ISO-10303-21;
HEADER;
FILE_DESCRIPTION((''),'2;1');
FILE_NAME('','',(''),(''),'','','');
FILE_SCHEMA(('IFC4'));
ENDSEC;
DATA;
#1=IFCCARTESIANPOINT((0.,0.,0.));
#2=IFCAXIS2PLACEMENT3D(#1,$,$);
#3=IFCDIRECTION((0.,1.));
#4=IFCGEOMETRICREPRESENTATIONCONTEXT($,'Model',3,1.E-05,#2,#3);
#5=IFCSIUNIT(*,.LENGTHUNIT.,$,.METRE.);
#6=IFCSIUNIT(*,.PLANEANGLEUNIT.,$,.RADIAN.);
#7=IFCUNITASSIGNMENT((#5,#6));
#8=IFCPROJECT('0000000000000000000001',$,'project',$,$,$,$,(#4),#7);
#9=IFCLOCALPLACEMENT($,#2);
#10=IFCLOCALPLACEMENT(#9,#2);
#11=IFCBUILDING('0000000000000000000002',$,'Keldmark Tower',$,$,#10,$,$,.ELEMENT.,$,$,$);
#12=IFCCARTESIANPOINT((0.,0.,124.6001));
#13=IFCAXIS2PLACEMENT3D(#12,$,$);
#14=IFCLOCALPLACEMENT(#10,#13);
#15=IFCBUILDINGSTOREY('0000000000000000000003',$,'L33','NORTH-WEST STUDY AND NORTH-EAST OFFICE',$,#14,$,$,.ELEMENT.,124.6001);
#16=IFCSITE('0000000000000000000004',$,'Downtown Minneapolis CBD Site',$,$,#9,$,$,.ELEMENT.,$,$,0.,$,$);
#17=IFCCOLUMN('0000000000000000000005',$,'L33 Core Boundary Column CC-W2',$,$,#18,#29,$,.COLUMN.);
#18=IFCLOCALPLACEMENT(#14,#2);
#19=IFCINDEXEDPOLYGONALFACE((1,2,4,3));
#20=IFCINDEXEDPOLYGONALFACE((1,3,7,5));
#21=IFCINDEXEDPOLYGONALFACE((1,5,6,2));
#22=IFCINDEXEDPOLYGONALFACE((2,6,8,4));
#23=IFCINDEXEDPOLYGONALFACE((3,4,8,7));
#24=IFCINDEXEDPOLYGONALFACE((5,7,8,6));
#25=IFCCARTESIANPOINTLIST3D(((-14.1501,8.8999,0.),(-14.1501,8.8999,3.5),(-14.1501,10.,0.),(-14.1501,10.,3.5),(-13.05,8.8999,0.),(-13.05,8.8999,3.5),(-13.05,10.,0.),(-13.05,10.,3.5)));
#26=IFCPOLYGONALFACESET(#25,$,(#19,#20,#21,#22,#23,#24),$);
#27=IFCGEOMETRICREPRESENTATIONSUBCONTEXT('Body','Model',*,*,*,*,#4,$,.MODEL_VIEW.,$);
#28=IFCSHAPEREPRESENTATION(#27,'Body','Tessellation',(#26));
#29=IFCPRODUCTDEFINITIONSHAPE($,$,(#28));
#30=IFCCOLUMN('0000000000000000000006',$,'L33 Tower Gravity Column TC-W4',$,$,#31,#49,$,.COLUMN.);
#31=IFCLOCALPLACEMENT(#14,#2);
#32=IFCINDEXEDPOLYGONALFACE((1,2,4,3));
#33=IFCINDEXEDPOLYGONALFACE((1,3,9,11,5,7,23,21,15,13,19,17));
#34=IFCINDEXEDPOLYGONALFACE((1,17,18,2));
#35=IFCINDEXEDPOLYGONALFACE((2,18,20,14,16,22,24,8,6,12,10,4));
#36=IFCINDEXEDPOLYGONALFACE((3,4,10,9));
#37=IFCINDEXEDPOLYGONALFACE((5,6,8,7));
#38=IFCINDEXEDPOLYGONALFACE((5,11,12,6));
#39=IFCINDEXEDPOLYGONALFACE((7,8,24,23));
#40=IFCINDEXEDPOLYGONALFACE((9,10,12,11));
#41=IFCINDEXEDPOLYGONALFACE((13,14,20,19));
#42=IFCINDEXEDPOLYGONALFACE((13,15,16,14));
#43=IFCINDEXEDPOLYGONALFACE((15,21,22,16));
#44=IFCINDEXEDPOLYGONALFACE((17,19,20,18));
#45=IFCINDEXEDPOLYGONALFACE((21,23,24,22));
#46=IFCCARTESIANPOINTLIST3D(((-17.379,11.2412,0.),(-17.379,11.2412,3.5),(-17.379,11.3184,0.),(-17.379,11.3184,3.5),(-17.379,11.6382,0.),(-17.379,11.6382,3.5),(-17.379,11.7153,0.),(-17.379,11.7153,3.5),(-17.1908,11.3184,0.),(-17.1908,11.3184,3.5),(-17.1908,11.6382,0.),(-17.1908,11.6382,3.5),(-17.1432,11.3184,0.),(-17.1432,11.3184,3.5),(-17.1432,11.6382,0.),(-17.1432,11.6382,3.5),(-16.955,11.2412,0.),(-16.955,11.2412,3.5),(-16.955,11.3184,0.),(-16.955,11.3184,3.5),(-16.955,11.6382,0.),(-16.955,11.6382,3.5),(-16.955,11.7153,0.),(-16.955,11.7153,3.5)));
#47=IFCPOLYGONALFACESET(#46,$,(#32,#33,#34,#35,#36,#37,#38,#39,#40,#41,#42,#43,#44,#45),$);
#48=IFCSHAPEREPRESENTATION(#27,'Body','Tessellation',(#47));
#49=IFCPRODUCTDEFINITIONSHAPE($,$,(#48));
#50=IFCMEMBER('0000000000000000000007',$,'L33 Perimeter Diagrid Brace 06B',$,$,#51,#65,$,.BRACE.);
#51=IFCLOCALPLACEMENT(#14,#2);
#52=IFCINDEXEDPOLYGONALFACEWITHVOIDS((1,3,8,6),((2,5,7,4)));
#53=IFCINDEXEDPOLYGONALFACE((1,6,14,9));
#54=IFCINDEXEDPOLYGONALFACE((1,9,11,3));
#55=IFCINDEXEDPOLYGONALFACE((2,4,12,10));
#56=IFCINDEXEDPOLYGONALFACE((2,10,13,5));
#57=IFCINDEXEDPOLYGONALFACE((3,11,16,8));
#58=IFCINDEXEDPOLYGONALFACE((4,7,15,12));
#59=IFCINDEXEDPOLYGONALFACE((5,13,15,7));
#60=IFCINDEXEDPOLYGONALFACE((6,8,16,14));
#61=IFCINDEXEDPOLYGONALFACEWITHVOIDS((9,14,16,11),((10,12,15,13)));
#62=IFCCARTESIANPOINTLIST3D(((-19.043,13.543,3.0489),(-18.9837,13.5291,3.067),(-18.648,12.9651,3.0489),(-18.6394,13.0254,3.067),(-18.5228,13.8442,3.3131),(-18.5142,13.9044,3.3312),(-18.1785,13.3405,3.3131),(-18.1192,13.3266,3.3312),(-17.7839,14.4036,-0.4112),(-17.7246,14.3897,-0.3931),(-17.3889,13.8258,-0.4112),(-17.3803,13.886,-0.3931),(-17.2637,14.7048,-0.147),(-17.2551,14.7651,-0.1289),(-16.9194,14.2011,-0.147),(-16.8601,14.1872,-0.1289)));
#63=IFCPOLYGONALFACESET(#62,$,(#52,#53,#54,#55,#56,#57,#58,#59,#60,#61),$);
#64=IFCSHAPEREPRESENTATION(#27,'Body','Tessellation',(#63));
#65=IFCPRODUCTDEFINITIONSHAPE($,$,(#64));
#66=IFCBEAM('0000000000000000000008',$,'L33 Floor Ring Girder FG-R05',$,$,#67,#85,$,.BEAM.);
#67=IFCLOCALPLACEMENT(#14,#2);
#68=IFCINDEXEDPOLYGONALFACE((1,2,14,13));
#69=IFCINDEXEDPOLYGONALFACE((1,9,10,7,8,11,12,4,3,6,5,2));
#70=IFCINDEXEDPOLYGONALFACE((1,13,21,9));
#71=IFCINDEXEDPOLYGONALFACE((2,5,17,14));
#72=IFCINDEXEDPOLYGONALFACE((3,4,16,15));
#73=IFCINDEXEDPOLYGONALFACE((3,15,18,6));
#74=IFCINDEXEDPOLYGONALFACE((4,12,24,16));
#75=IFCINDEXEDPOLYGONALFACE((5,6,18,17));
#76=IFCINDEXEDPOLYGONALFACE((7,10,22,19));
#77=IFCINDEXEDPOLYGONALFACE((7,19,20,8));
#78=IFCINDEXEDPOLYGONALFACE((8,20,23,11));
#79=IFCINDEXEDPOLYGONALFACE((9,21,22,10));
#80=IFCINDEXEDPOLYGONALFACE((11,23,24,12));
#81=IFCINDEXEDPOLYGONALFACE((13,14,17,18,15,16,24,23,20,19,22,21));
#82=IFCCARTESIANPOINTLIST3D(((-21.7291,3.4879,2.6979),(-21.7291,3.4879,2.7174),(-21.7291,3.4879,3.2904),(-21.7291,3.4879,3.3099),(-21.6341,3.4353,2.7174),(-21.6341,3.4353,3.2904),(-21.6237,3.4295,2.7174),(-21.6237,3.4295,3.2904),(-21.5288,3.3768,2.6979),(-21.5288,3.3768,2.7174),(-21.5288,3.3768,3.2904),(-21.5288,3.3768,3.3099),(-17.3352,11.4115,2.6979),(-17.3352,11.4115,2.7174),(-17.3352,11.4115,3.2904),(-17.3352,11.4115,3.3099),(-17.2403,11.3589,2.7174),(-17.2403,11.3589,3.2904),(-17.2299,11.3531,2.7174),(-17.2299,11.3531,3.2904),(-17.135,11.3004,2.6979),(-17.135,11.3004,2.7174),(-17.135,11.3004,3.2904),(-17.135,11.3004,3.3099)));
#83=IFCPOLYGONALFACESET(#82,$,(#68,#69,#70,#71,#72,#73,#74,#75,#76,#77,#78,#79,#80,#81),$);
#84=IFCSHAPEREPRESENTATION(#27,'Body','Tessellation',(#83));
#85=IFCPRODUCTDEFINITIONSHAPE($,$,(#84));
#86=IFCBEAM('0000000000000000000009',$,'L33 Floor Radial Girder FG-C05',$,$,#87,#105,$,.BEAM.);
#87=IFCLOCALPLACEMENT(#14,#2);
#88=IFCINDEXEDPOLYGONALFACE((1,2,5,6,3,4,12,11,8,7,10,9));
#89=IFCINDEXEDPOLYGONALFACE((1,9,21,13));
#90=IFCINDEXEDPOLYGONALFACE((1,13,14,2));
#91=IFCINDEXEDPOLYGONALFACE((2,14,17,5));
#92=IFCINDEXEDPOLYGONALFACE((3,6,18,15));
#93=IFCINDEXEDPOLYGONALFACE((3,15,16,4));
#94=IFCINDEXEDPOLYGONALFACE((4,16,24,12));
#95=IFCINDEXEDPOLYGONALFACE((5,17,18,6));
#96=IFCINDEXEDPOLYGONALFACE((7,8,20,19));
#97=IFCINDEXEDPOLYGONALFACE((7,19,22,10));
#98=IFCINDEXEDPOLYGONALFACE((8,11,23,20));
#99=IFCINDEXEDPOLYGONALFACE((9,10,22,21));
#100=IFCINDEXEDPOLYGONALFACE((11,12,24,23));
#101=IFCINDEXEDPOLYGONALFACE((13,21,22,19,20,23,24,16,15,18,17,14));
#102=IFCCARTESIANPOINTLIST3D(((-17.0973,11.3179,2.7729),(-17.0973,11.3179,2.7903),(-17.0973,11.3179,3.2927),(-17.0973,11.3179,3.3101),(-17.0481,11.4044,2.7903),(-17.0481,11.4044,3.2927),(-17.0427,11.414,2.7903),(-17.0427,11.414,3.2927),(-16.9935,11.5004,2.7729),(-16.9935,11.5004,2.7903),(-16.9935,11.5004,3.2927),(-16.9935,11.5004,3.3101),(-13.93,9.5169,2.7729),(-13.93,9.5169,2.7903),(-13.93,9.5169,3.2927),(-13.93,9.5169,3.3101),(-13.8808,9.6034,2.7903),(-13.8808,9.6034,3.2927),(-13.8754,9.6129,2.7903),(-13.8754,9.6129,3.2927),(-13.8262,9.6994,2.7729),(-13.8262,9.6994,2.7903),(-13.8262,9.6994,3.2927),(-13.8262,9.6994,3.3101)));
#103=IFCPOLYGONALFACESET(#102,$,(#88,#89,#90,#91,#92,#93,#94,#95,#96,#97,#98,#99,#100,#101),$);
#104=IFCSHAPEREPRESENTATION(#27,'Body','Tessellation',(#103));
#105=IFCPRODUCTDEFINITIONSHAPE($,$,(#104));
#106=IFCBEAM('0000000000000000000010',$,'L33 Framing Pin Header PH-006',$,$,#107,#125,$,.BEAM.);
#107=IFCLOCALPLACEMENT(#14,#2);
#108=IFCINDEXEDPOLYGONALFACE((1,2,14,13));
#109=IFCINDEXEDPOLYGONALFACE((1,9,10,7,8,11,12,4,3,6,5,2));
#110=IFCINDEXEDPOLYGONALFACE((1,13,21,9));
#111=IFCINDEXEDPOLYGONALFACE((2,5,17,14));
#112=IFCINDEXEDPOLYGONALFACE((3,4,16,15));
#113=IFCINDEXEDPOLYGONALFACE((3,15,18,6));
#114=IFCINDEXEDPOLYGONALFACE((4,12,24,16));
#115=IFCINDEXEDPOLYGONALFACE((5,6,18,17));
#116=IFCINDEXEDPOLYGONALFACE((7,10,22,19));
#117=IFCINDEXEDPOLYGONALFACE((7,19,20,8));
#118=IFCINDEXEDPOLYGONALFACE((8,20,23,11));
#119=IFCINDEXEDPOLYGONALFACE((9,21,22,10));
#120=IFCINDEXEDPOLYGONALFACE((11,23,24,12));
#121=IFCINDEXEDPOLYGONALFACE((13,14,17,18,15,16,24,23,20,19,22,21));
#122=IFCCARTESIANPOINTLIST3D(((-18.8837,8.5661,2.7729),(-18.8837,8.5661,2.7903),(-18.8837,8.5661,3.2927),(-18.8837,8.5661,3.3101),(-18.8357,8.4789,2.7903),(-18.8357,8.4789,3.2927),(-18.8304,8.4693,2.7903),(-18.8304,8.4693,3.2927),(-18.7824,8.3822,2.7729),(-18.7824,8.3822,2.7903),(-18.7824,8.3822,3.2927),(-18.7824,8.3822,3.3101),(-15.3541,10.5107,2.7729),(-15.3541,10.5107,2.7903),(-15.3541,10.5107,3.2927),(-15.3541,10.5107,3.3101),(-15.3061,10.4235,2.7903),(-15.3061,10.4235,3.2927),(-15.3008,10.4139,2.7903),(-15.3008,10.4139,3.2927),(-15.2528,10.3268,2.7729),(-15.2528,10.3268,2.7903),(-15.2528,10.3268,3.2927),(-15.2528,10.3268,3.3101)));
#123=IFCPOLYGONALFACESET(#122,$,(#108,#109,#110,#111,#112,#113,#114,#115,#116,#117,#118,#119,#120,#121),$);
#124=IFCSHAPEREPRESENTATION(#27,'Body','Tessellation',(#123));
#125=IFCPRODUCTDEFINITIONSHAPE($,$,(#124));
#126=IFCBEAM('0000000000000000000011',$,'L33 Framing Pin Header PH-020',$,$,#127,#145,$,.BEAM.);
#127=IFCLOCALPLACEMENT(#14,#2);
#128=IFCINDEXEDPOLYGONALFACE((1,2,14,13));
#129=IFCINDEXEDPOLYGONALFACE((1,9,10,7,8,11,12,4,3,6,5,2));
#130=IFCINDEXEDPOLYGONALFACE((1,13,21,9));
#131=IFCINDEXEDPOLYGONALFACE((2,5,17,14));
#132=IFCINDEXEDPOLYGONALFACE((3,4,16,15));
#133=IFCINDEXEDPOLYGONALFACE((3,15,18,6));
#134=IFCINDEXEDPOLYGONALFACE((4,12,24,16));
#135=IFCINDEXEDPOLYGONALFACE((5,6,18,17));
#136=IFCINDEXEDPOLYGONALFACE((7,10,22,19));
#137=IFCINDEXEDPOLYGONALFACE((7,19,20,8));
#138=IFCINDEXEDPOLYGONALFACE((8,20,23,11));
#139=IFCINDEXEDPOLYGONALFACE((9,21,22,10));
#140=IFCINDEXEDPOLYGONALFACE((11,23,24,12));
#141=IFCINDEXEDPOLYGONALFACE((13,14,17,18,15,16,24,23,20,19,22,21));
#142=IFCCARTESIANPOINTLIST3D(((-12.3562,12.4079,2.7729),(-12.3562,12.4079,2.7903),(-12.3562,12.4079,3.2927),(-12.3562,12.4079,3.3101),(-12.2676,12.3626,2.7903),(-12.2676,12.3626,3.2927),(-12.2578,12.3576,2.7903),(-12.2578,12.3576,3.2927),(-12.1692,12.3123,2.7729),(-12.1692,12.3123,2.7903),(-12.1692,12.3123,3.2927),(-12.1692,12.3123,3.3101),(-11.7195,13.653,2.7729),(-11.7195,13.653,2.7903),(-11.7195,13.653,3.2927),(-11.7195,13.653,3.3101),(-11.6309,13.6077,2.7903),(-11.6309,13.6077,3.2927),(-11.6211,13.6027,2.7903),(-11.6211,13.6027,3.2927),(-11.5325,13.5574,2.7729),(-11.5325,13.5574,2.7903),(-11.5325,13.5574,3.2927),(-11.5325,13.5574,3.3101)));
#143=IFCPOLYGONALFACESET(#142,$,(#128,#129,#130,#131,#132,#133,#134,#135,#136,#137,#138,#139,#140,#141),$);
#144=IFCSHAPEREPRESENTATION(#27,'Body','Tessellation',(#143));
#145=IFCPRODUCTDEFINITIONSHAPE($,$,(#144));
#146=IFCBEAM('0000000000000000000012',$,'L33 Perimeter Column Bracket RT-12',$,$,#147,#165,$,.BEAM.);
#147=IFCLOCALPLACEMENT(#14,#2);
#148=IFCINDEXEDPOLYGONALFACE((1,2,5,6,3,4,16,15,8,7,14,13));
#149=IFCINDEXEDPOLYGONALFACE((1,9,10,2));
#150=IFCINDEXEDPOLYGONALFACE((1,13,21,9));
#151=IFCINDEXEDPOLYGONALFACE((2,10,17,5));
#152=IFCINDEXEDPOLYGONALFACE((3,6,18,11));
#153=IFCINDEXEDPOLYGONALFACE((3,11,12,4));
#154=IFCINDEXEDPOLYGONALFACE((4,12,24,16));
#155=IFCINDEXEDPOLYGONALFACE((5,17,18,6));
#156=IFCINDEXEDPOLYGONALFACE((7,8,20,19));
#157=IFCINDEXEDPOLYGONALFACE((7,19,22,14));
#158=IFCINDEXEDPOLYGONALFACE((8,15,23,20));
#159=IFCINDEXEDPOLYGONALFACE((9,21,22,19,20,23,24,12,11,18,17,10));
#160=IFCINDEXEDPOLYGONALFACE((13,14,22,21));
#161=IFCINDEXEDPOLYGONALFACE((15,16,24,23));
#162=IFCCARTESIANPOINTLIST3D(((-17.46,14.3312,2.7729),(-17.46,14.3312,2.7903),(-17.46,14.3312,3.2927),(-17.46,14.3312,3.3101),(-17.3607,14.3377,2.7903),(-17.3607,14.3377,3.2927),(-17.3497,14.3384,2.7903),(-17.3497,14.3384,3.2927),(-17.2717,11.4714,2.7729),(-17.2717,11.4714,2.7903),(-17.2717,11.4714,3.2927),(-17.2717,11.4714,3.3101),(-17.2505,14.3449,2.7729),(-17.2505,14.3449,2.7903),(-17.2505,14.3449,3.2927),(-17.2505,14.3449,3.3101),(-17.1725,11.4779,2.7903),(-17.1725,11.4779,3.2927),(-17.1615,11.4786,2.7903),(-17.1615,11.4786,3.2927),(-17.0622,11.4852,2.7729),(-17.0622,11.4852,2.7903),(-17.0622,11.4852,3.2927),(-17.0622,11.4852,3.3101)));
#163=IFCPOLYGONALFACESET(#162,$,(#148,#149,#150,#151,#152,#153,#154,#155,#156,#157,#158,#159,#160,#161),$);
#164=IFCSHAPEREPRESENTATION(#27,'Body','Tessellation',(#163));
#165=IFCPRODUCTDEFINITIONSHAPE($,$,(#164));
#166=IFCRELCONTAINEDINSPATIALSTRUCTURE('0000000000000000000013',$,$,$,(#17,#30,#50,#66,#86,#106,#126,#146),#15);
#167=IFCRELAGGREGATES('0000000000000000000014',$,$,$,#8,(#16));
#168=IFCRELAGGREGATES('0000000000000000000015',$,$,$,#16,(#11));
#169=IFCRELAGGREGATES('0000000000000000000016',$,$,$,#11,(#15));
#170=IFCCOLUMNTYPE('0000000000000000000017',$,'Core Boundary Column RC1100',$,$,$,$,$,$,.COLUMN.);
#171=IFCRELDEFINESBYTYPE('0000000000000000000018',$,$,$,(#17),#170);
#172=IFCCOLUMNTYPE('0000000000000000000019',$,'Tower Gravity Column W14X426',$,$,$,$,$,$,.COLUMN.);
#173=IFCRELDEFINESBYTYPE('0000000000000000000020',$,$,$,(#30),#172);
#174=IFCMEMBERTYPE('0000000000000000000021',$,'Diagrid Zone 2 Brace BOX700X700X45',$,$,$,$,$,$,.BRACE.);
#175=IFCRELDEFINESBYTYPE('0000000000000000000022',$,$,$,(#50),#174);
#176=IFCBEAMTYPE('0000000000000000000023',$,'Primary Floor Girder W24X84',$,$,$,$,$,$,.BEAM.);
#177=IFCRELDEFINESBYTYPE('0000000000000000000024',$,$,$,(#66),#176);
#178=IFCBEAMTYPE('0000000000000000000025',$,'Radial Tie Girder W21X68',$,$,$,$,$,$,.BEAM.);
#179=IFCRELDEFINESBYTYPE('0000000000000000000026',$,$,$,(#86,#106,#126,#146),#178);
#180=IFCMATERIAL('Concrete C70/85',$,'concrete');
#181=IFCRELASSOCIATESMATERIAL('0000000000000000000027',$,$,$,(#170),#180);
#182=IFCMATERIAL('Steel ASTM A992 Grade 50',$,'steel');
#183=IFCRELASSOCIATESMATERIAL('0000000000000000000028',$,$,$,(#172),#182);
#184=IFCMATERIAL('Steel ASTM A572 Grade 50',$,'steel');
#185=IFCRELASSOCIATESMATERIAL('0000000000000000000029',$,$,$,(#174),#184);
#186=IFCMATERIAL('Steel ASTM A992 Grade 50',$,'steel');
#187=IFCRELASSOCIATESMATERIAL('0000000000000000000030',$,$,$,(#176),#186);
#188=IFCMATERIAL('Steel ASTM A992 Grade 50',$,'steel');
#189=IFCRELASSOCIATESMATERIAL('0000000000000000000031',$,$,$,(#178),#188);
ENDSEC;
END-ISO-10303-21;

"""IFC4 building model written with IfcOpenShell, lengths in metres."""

from ifc_helpers import new_model, si_unit, direction, frame, origin, origin_2d, place, context, subcontext, project, spatial, rectangle, hollow_rectangle, i_section, extrude, material, material_profile, profile_set, type_object, element, save


model = new_model("IFC4")

# Units and contexts
model_context = context("Model", 3, precision=1e-05, world=origin(), true_north=direction((0.0, 1.0)))
body_context = subcontext(model_context, "Body", "Model", "MODEL_VIEW")
ifc_project = project(units=[si_unit("LENGTHUNIT", "METRE"), si_unit("PLANEANGLEUNIT", "RADIAN")], contexts=[model_context])

# Site, building, storey
site_placement = place(None, origin())
site = spatial("IfcSite", under=ifc_project, at=site_placement, Name="Downtown Minneapolis CBD Site", CompositionType="ELEMENT", RefElevation=0.0)
building_placement = place(site_placement, origin())
building = spatial("IfcBuilding", under=site, at=building_placement, Name="Keldmark Tower", CompositionType="ELEMENT")
storey_placement = place(building_placement, frame((0.0, 0.0, 124.6001)))
storey = spatial("IfcBuildingStorey", under=building, at=storey_placement, Name="L33", Description="NORTH-WEST STUDY AND NORTH-EAST OFFICE", CompositionType="ELEMENT", Elevation=124.6001)

# Columns
ifc_material_1 = material(Name="Concrete C70/85", Category="concrete")
ifc_material_profile_1 = material_profile(ifc_material_1, rectangle(XDim=1.1001, YDim=1.1001, at=origin_2d()), Name="RC1100X1100")
ifc_profile_set_1 = profile_set([ifc_material_profile_1], Name="Concrete C70/85")
column_type_1 = type_object("IfcColumnType", Name="Core Boundary Column RC1100", PredefinedType="COLUMN", material=ifc_profile_set_1)
column_1_placement = place(storey_placement, frame((-13.6001, 9.45, 0.0), z_axis=(0.0, 0.0, 1.0), x_axis=(1.0, 0.0, 0.0)))
element("IfcColumn", 1, at=column_1_placement, inside=storey, type_object=column_type_1, Name="L33 Core Boundary Column CC-W2", PredefinedType="COLUMN", context=body_context, shape_type="SweptSolid", body=[
    extrude(rectangle(XDim=1.1001, YDim=1.1001, at=origin_2d()), origin(), (0.0, 0.0, 1.0), 3.5),
])
ifc_material_2 = material(Name="Steel ASTM A992 Grade 50", Category="steel")
ifc_material_profile_2 = material_profile(ifc_material_2, i_section(OverallWidth=0.4241, OverallDepth=0.4741, WebThickness=0.0476, FlangeThickness=0.0771, at=origin_2d()), Name="W14X426")
ifc_profile_set_2 = profile_set([ifc_material_profile_2], Name="Steel ASTM A992 Grade 50")
column_type_2 = type_object("IfcColumnType", Name="Tower Gravity Column W14X426", PredefinedType="COLUMN", material=ifc_profile_set_2)
column_2_placement = place(storey_placement, frame((-17.167, 11.4783, 0.0), z_axis=(0.0, 0.0, 1.0), x_axis=(1.0, 0.0, 0.0)))
element("IfcColumn", 2, at=column_2_placement, inside=storey, type_object=column_type_2, Name="L33 Tower Gravity Column TC-W4", PredefinedType="COLUMN", context=body_context, shape_type="SweptSolid", body=[
    extrude(i_section(OverallWidth=0.4241, OverallDepth=0.4741, WebThickness=0.0476, FlangeThickness=0.0771, at=origin_2d()), origin(), (0.0, 0.0, 1.0), 3.5),
])

# Member
ifc_material_3 = material(Name="Steel ASTM A572 Grade 50", Category="steel")
ifc_material_profile_3 = material_profile(ifc_material_3, hollow_rectangle(XDim=0.7, YDim=0.7, WallThickness=0.0449, at=origin_2d()), Name="BOX700X700X45")
ifc_profile_set_3 = profile_set([ifc_material_profile_3], Name="Steel ASTM A572 Grade 50")
member_type = type_object("IfcMemberType", Name="Diagrid Zone 2 Brace BOX700X700X45", PredefinedType="BRACE", material=ifc_profile_set_3)
member_placement = place(storey_placement, frame((-17.322, 14.2954, -0.27), z_axis=(-0.332976, -0.227601, 0.915054), x_axis=(0.564305, -0.825566, 0.0)))
element("IfcMember", 3, at=member_placement, inside=storey, type_object=member_type, Name="L33 Perimeter Diagrid Brace 06B", PredefinedType="BRACE", context=body_context, shape_type="SweptSolid", body=[
    extrude(hollow_rectangle(XDim=0.7, YDim=0.7, WallThickness=0.0449, at=origin_2d()), origin(), (0.0, 0.0, 1.0), 3.7812),
])

# Beams
ifc_material_4 = material(Name="Steel ASTM A992 Grade 50", Category="steel")
ifc_material_profile_4 = material_profile(ifc_material_4, i_section(OverallWidth=0.229, OverallDepth=0.6121, WebThickness=0.012, FlangeThickness=0.0195, at=origin_2d()), Name="W24X84")
ifc_profile_set_4 = profile_set([ifc_material_profile_4], Name="Steel ASTM A992 Grade 50")
beam_type_1 = type_object("IfcBeamType", Name="Primary Floor Girder W24X84", PredefinedType="BEAM", material=ifc_profile_set_4)
beam_1_placement = place(storey_placement, frame((-17.2351, 11.356, 3.0039), z_axis=(-0.484952, -0.874541, 0.0), x_axis=(0.874541, -0.484952, 0.0)))
element("IfcBeam", 4, at=beam_1_placement, inside=storey, type_object=beam_type_1, Name="L33 Floor Ring Girder FG-R05", PredefinedType="BEAM", context=body_context, shape_type="SweptSolid", body=[
    extrude(i_section(OverallWidth=0.229, OverallDepth=0.6121, WebThickness=0.012, FlangeThickness=0.0195, at=origin_2d()), origin(), (0.0, 0.0, 1.0), 9.0603),
])
ifc_material_5 = material(Name="Steel ASTM A992 Grade 50", Category="steel")
ifc_material_profile_5 = material_profile(ifc_material_5, i_section(OverallWidth=0.21, OverallDepth=0.5371, WebThickness=0.011, FlangeThickness=0.0173, at=origin_2d()), Name="W21X68")
ifc_profile_set_5 = profile_set([ifc_material_profile_5], Name="Steel ASTM A992 Grade 50")
beam_type_2 = type_object("IfcBeamType", Name="Radial Tie Girder W21X68", PredefinedType="BEAM", material=ifc_profile_set_5)
beam_2_placement = place(storey_placement, frame((-17.0454, 11.4092, 3.0415), z_axis=(0.869284, -0.494312, 0.0), x_axis=(0.494312, 0.869284, 0.0)))
element("IfcBeam", 5, at=beam_2_placement, inside=storey, type_object=beam_type_2, Name="L33 Floor Radial Girder FG-C05", PredefinedType="BEAM", context=body_context, shape_type="SweptSolid", body=[
    extrude(i_section(OverallWidth=0.21, OverallDepth=0.5371, WebThickness=0.011, FlangeThickness=0.0173, at=origin_2d()), origin(), (0.0, 0.0, 1.0), 3.6436),
])
beam_3_placement = place(storey_placement, frame((-15.3035, 10.4187, 3.0415), z_axis=(-0.875866, -0.482554, 0.0), x_axis=(0.482554, -0.875866, 0.0)))
element("IfcBeam", 6, at=beam_3_placement, inside=storey, type_object=beam_type_2, Name="L33 Framing Pin Header PH-006", PredefinedType="BEAM", context=body_context, shape_type="SweptSolid", body=[
    extrude(i_section(OverallWidth=0.21, OverallDepth=0.5371, WebThickness=0.011, FlangeThickness=0.0173, at=origin_2d()), origin(), (0.0, 0.0, 1.0), 4.0298),
])
beam_4_placement = place(storey_placement, frame((-12.2627, 12.3601, 3.0415), z_axis=(0.455296, 0.89034, 0.0), x_axis=(-0.89034, 0.455296, 0.0)))
element("IfcBeam", 7, at=beam_4_placement, inside=storey, type_object=beam_type_2, Name="L33 Framing Pin Header PH-020", PredefinedType="BEAM", context=body_context, shape_type="SweptSolid", body=[
    extrude(i_section(OverallWidth=0.21, OverallDepth=0.5371, WebThickness=0.011, FlangeThickness=0.0173, at=origin_2d()), origin(), (0.0, 0.0, 1.0), 1.3984),
])
beam_5_placement = place(storey_placement, frame((-17.167, 11.4783, 3.0415), z_axis=(-0.065677, 0.997841, 0.0), x_axis=(-0.997841, -0.065677, 0.0)))
element("IfcBeam", 8, at=beam_5_placement, inside=storey, type_object=beam_type_2, Name="L33 Perimeter Column Bracket RT-12", PredefinedType="BEAM", context=body_context, shape_type="SweptSolid", body=[
    extrude(i_section(OverallWidth=0.21, OverallDepth=0.5371, WebThickness=0.011, FlangeThickness=0.0173, at=origin_2d()), origin(), (0.0, 0.0, 1.0), 2.866),
])

save(model, "model.ifc")
